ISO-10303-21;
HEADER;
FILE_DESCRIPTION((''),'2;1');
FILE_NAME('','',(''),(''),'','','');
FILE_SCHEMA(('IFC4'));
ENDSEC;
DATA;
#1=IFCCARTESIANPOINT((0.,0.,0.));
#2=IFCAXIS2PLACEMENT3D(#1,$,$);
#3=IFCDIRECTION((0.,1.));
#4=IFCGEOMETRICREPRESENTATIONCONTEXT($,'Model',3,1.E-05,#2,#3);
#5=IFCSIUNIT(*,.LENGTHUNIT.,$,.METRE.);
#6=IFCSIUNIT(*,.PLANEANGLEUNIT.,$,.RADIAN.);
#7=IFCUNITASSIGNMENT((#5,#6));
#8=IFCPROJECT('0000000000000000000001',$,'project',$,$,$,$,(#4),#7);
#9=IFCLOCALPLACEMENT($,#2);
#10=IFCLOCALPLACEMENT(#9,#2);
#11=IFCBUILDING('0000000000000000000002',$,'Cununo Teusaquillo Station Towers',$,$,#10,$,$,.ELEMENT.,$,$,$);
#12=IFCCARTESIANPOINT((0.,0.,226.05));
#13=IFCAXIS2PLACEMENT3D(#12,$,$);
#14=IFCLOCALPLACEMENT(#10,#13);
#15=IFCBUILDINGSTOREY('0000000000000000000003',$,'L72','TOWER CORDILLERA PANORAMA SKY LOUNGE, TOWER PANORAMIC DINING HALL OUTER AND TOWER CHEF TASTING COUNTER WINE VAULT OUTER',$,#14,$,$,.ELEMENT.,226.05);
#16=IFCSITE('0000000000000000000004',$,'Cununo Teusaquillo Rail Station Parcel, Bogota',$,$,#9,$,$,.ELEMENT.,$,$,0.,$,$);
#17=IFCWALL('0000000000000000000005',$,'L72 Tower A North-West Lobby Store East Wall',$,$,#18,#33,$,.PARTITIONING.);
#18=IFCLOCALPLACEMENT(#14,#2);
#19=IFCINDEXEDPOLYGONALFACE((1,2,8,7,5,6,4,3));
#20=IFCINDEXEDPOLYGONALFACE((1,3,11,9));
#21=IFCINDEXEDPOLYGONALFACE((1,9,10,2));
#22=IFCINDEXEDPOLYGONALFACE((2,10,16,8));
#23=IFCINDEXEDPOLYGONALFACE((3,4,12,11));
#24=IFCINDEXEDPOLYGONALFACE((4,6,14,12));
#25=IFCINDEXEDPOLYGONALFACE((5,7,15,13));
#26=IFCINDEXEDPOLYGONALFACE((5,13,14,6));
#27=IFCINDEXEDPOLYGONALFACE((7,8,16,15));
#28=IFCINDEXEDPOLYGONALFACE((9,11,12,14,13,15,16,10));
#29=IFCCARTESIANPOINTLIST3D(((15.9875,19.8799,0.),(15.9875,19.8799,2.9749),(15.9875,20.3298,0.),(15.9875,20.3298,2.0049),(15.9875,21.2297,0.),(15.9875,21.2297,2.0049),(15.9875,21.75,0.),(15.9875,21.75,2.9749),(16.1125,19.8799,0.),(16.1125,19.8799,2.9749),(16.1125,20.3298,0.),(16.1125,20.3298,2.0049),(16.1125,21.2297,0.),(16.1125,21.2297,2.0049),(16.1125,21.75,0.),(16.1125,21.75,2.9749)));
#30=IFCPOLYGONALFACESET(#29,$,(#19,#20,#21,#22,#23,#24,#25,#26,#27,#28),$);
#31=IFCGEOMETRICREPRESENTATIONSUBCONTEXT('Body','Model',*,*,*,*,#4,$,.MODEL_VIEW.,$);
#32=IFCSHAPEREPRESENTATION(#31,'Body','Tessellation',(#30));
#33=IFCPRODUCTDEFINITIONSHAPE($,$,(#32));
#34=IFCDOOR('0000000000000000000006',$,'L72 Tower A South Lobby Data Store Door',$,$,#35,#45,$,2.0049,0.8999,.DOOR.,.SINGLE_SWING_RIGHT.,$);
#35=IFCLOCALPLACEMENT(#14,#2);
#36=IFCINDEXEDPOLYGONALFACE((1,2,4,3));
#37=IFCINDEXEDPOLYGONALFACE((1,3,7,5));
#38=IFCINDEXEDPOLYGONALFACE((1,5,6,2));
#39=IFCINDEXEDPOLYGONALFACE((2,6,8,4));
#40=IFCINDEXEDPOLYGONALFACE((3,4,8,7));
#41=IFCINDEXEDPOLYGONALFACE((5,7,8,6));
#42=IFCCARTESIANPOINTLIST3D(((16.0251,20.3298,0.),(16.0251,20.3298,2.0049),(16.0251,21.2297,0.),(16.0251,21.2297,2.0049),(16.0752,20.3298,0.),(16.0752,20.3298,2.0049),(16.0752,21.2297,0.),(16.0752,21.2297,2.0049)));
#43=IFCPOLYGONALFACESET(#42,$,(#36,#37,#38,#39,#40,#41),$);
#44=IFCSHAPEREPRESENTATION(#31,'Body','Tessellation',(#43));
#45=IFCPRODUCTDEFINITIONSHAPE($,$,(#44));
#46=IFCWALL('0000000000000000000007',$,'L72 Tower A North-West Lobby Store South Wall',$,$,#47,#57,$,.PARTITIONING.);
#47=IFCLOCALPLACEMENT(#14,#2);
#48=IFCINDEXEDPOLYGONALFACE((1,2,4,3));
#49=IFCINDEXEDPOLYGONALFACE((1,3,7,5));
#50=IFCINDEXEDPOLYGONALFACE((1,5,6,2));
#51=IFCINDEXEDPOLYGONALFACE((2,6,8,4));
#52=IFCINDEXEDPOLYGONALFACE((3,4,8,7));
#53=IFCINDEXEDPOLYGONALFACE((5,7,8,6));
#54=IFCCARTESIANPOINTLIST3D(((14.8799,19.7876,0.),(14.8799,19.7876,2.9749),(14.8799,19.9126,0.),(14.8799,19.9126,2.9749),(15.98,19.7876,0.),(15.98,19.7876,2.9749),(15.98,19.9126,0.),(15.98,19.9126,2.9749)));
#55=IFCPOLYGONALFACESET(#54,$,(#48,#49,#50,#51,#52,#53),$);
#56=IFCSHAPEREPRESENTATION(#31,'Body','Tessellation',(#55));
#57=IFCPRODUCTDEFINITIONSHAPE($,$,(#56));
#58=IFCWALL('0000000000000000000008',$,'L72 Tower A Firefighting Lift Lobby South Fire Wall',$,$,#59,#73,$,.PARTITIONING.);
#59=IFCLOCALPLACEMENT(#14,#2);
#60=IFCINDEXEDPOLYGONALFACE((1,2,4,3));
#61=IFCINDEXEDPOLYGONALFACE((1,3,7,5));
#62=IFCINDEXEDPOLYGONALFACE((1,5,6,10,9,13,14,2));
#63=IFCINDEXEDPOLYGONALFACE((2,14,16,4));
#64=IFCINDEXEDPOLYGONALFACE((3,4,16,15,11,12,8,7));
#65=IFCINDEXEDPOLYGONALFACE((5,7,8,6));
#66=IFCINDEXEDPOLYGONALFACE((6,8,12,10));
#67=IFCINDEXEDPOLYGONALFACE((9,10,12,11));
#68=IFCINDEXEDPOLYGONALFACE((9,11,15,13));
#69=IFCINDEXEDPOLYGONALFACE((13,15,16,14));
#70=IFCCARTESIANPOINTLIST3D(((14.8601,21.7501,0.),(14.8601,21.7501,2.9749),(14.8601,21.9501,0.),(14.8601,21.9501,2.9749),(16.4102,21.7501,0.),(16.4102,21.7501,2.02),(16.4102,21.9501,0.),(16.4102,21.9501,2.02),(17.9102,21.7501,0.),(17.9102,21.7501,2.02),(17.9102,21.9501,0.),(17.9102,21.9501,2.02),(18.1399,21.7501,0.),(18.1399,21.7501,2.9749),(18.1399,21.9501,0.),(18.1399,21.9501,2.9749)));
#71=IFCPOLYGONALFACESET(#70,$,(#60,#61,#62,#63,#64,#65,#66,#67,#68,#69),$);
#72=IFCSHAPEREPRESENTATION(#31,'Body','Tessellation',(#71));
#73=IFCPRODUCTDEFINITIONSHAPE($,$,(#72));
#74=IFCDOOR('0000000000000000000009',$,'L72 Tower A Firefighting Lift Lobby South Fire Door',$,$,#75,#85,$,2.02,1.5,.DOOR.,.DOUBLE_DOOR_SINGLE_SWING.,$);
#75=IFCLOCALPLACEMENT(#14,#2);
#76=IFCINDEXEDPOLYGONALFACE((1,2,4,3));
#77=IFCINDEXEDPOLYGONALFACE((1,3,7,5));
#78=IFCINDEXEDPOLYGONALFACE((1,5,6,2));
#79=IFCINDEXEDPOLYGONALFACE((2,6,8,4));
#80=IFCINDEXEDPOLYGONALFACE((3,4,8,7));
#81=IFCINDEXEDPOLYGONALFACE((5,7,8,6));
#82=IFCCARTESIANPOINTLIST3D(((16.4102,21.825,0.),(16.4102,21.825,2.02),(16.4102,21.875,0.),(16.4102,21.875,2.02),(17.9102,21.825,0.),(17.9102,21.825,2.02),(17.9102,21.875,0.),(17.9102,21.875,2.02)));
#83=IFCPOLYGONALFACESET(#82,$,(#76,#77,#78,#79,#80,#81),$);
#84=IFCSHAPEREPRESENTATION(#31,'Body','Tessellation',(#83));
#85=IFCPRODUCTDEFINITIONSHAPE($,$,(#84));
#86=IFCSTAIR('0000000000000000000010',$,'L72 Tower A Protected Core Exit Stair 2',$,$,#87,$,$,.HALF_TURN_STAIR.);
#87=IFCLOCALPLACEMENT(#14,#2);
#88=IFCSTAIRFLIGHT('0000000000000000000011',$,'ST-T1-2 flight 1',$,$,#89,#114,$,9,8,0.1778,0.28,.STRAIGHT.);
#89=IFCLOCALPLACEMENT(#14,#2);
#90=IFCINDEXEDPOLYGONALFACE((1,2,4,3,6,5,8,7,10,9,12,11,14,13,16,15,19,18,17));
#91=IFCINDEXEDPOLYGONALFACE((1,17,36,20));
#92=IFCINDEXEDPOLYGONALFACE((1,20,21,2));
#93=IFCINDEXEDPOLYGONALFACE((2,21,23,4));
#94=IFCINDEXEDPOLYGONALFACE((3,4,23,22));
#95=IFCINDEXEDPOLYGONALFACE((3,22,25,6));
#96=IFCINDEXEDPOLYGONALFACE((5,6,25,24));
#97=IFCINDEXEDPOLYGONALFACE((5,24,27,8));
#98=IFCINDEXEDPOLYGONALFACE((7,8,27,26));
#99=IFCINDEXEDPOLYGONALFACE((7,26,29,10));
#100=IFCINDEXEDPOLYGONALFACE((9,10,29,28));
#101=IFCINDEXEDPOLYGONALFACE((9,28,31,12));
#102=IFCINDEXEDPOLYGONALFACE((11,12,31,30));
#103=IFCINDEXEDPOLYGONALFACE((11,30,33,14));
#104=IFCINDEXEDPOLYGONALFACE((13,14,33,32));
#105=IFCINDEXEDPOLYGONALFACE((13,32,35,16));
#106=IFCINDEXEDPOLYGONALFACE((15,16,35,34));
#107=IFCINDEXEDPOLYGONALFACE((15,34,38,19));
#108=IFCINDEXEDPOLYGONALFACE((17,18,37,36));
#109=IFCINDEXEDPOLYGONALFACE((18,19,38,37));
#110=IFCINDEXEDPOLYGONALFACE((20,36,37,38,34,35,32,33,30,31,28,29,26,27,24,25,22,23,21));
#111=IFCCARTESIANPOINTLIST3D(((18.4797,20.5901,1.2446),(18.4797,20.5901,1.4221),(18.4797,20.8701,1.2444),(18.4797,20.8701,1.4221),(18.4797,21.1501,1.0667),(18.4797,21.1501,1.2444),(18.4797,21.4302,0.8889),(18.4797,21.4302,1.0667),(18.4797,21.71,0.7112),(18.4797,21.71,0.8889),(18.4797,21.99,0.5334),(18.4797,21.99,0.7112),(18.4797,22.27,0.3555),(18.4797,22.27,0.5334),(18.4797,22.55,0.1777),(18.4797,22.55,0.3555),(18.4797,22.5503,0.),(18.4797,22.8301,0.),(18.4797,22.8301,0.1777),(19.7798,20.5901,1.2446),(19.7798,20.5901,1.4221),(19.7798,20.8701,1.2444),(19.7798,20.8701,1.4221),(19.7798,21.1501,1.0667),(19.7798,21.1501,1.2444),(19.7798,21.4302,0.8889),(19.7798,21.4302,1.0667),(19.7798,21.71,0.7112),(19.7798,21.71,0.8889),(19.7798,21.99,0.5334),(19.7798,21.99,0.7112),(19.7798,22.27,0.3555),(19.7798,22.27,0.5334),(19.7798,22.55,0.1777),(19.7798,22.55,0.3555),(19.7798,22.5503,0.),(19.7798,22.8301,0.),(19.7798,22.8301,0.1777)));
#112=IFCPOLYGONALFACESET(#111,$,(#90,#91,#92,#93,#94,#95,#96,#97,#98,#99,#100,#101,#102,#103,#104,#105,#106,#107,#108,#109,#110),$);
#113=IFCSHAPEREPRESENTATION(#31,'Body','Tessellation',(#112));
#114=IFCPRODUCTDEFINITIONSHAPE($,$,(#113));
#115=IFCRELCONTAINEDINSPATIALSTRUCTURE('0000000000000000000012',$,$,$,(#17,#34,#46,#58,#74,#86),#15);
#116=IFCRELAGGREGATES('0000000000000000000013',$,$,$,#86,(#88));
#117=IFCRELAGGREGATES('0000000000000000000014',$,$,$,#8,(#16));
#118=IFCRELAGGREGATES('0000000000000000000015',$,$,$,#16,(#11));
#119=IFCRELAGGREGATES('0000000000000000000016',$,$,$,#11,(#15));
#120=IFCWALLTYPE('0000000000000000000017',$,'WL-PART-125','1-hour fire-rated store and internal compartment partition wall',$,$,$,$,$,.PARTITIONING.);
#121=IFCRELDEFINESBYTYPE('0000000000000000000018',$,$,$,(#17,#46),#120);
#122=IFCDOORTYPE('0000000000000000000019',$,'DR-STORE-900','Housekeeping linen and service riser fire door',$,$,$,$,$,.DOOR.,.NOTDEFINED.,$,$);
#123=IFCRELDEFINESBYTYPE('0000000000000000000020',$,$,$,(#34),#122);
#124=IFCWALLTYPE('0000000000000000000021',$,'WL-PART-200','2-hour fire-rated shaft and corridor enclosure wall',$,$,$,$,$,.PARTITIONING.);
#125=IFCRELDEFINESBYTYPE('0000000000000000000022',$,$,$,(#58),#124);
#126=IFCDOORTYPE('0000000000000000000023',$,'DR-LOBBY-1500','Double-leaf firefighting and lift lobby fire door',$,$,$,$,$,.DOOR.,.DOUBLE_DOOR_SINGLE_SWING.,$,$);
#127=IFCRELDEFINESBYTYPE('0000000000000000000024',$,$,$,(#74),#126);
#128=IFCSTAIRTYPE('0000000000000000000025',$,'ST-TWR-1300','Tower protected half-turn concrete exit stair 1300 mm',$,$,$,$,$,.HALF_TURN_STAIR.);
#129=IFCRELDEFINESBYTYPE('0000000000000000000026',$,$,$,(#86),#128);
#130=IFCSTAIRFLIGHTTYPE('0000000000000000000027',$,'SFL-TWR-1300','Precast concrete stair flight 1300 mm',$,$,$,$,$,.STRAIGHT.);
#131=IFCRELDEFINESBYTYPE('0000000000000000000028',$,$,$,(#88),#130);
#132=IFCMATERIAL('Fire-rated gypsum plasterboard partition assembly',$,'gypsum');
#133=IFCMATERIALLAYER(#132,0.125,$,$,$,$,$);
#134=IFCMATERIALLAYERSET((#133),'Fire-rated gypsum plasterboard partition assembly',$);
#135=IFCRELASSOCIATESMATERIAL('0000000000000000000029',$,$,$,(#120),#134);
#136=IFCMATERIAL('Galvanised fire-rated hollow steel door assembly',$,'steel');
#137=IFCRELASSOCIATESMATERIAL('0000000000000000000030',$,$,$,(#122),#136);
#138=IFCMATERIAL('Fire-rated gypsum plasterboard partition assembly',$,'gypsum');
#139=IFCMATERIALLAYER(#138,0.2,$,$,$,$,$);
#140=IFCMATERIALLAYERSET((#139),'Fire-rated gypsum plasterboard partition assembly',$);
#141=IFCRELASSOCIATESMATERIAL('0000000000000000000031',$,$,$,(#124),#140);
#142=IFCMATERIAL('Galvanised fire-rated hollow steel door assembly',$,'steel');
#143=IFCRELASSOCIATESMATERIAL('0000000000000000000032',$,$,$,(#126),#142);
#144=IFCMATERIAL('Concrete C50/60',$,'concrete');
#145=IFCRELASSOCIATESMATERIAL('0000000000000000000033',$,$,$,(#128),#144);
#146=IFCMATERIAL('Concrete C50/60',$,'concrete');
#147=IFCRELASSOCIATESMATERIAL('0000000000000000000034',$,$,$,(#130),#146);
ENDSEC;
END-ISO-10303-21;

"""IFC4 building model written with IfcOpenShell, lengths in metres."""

from ifc_helpers import new_model, si_unit, direction, frame, frame_2d, origin, place, context, subcontext, project, spatial, polyline, rectangle, outline, extrude, source, transform, mapped, material, layer, layer_set, type_object, element, fill, aggregate, save


model = new_model("IFC4")

# Units and contexts
model_context = context("Model", 3, precision=1e-05, world=origin(), true_north=direction((0.0, 1.0)))
body_context = subcontext(model_context, "Body", "Model", "MODEL_VIEW")
ifc_project = project(units=[si_unit("LENGTHUNIT", "METRE"), si_unit("PLANEANGLEUNIT", "RADIAN")], contexts=[model_context])

# Site, building, storey
site_placement = place(None, origin())
site = spatial("IfcSite", under=ifc_project, at=site_placement, Name="Cununo Teusaquillo Rail Station Parcel, Bogota", CompositionType="ELEMENT", RefElevation=0.0)
building_placement = place(site_placement, origin())
building = spatial("IfcBuilding", under=site, at=building_placement, Name="Cununo Teusaquillo Station Towers", CompositionType="ELEMENT")
storey_placement = place(building_placement, frame((0.0, 0.0, 226.05)))
storey = spatial("IfcBuildingStorey", under=building, at=storey_placement, Name="L72", Description="TOWER CORDILLERA PANORAMA SKY LOUNGE, TOWER PANORAMIC DINING HALL OUTER AND TOWER CHEF TASTING COUNTER WINE VAULT OUTER", CompositionType="ELEMENT", Elevation=226.05)

# Wall, opening, door
ifc_material_1 = material(Name="Fire-rated gypsum plasterboard partition assembly", Category="gypsum")
ifc_layer_1 = layer(ifc_material_1, 0.125)
ifc_layer_set_1 = layer_set([ifc_layer_1], Name="Fire-rated gypsum plasterboard partition assembly")
wall_type_1 = type_object("IfcWallType", Name="WL-PART-125", Description="1-hour fire-rated store and internal compartment partition wall", PredefinedType="PARTITIONING", material=ifc_layer_set_1)
wall_1_placement = place(storey_placement, frame((16.05, 19.8799, 0.0), z_axis=(0.0, 0.0, 1.0), x_axis=(0.0, 1.0, 0.0)))
wall_1 = element("IfcWall", 1, at=wall_1_placement, inside=storey, type_object=wall_type_1, Name="L72 Tower A North-West Lobby Store East Wall", PredefinedType="PARTITIONING", context=body_context, shape_type="SweptSolid", body=[
    extrude(rectangle(XDim=1.8701, YDim=0.125, at=frame_2d((0.9351, 0.0))), origin(), (0.0, 0.0, 1.0), 2.9749),
])
shared_shape_1 = source(origin(), body_context, "Body", "SweptSolid", [
    extrude(rectangle(XDim=0.8999, YDim=2.0049, at=frame_2d((0.45, 1.0024))), frame((0.0, 0.0725, 0.0), z_axis=(0.0, -1.0, 0.0), x_axis=(1.0, 0.0, 0.0)), (0.0, 0.0, 1.0), 0.145),
])
opening_1_placement = place(wall_1_placement, frame((0.45, 0.0, 0.0)))
opening_1 = element("IfcOpeningElement", 2, at=opening_1_placement, cuts=wall_1, PredefinedType="OPENING", context=body_context, shape_type="MappedRepresentation", body=[
    mapped(shared_shape_1, transform((0.0, 0.0, 0.0), x_axis=(1.0, 0.0, 0.0), y_axis=(0.0, 1.0, 0.0), z_axis=(0.0, 0.0, 1.0), scale=1.0)),
])
ifc_material_2 = material(Name="Galvanised fire-rated hollow steel door assembly", Category="steel")
door_type_1 = type_object("IfcDoorType", Name="DR-STORE-900", Description="Housekeeping linen and service riser fire door", OperationType="NOTDEFINED", PredefinedType="DOOR", material=ifc_material_2)
shared_shape_2 = source(origin(), body_context, "Body", "SweptSolid", [
    extrude(rectangle(XDim=0.8999, YDim=2.0049, at=frame_2d((0.45, 1.0024))), frame((0.0, 0.0249, 0.0), z_axis=(0.0, -1.0, 0.0), x_axis=(1.0, 0.0, 0.0)), (0.0, 0.0, 1.0), 0.05),
])
door_1_placement = place(opening_1_placement, origin())
door_1 = element("IfcDoor", 3, at=door_1_placement, inside=storey, type_object=door_type_1, Name="L72 Tower A South Lobby Data Store Door", OperationType="SINGLE_SWING_RIGHT", OverallHeight=2.0049, OverallWidth=0.8999, PredefinedType="DOOR", context=body_context, shape_type="MappedRepresentation", body=[
    mapped(shared_shape_2, transform((0.0, 0.0, 0.0), x_axis=(1.0, 0.0, 0.0), y_axis=(0.0, 1.0, 0.0), z_axis=(0.0, 0.0, 1.0), scale=1.0)),
])
fill(opening_1, door_1)

# Wall
wall_2_placement = place(storey_placement, frame((14.8799, 19.8501, 0.0), z_axis=(0.0, 0.0, 1.0), x_axis=(1.0, 0.0, 0.0)))
element("IfcWall", 4, at=wall_2_placement, inside=storey, type_object=wall_type_1, Name="L72 Tower A North-West Lobby Store South Wall", PredefinedType="PARTITIONING", context=body_context, shape_type="SweptSolid", body=[
    extrude(rectangle(XDim=1.1001, YDim=0.125, at=frame_2d((0.55, 0.0))), origin(), (0.0, 0.0, 1.0), 2.9749),
])

# Wall, opening, door
ifc_material_3 = material(Name="Fire-rated gypsum plasterboard partition assembly", Category="gypsum")
ifc_layer_2 = layer(ifc_material_3, 0.2)
ifc_layer_set_2 = layer_set([ifc_layer_2], Name="Fire-rated gypsum plasterboard partition assembly")
wall_type_2 = type_object("IfcWallType", Name="WL-PART-200", Description="2-hour fire-rated shaft and corridor enclosure wall", PredefinedType="PARTITIONING", material=ifc_layer_set_2)
wall_3_placement = place(storey_placement, frame((14.8601, 21.8501, 0.0), z_axis=(0.0, 0.0, 1.0), x_axis=(1.0, 0.0, 0.0)))
wall_3 = element("IfcWall", 5, at=wall_3_placement, inside=storey, type_object=wall_type_2, Name="L72 Tower A Firefighting Lift Lobby South Fire Wall", PredefinedType="PARTITIONING", context=body_context, shape_type="SweptSolid", body=[
    extrude(rectangle(XDim=3.2798, YDim=0.2, at=frame_2d((1.6399, 0.0))), origin(), (0.0, 0.0, 1.0), 2.9749),
])
shared_shape_3 = source(origin(), body_context, "Body", "SweptSolid", [
    extrude(rectangle(XDim=1.5, YDim=2.02, at=frame_2d((0.75, 1.01))), frame((0.0, 0.1099, 0.0), z_axis=(0.0, -1.0, 0.0), x_axis=(1.0, 0.0, 0.0)), (0.0, 0.0, 1.0), 0.22),
])
opening_2_placement = place(wall_3_placement, frame((1.55, 0.0, 0.0)))
opening_2 = element("IfcOpeningElement", 6, at=opening_2_placement, cuts=wall_3, PredefinedType="OPENING", context=body_context, shape_type="MappedRepresentation", body=[
    mapped(shared_shape_3, transform((0.0, 0.0, 0.0), x_axis=(1.0, 0.0, 0.0), y_axis=(0.0, 1.0, 0.0), z_axis=(0.0, 0.0, 1.0), scale=1.0)),
])
ifc_material_4 = material(Name="Galvanised fire-rated hollow steel door assembly", Category="steel")
door_type_2 = type_object("IfcDoorType", Name="DR-LOBBY-1500", Description="Double-leaf firefighting and lift lobby fire door", OperationType="DOUBLE_DOOR_SINGLE_SWING", PredefinedType="DOOR", material=ifc_material_4)
shared_shape_4 = source(origin(), body_context, "Body", "SweptSolid", [
    extrude(rectangle(XDim=1.5, YDim=2.02, at=frame_2d((0.75, 1.01))), frame((0.0, 0.0249, 0.0), z_axis=(0.0, -1.0, 0.0), x_axis=(1.0, 0.0, 0.0)), (0.0, 0.0, 1.0), 0.05),
])
door_2_placement = place(opening_2_placement, origin())
door_2 = element("IfcDoor", 7, at=door_2_placement, inside=storey, type_object=door_type_2, Name="L72 Tower A Firefighting Lift Lobby South Fire Door", OperationType="DOUBLE_DOOR_SINGLE_SWING", OverallHeight=2.02, OverallWidth=1.5, PredefinedType="DOOR", context=body_context, shape_type="MappedRepresentation", body=[
    mapped(shared_shape_4, transform((0.0, 0.0, 0.0), x_axis=(1.0, 0.0, 0.0), y_axis=(0.0, 1.0, 0.0), z_axis=(0.0, 0.0, 1.0), scale=1.0)),
])
fill(opening_2, door_2)

# Stair, stair flight
ifc_material_5 = material(Name="Concrete C50/60", Category="concrete")
stair_type = type_object("IfcStairType", Name="ST-TWR-1300", Description="Tower protected half-turn concrete exit stair 1300 mm", PredefinedType="HALF_TURN_STAIR", material=ifc_material_5)
stair_placement = place(storey_placement, origin())
stair = element("IfcStair", 8, at=stair_placement, inside=storey, type_object=stair_type, Name="L72 Tower A Protected Core Exit Stair 2", PredefinedType="HALF_TURN_STAIR")
ifc_material_6 = material(Name="Concrete C50/60", Category="concrete")
stair_flight_type = type_object("IfcStairFlightType", Name="SFL-TWR-1300", Description="Precast concrete stair flight 1300 mm", PredefinedType="STRAIGHT", material=ifc_material_6)
stair_flight_placement = place(storey_placement, frame((19.1299, 22.8301, 0.0), z_axis=(0.0, 0.0, 1.0), x_axis=(0.0, -1.0, 0.0)))
stair_flight = element("IfcStairFlight", 9, at=stair_flight_placement, type_object=stair_flight_type, Name="ST-T1-2 flight 1", NumberOfRisers=9, NumberOfTreads=8, PredefinedType="STRAIGHT", RiserHeight=0.1778, TreadLength=0.28, context=body_context, shape_type="SweptSolid", body=[
    extrude(outline(polyline([(0.0, 0.0), (0.0, 0.1777), (0.28, 0.1777), (0.28, 0.3555), (0.5601, 0.3555), (0.5601, 0.5334), (0.8401, 0.5334), (0.8401, 0.7112), (1.1201, 0.7112), (1.1201, 0.8889), (1.3999, 0.8889), (1.3999, 1.0667), (1.6799, 1.0667), (1.6799, 1.2444), (1.96, 1.2444), (1.96, 1.4221), (2.24, 1.4221), (2.24, 1.6001), (2.24, 1.2446), (0.2798, 0.0), (0.0, 0.0)])), frame((0.0, 0.6499, 0.0), z_axis=(0.0, -1.0, 0.0), x_axis=(1.0, 0.0, 0.0)), (0.0, 0.0, 1.0), 1.3),
])
aggregate(stair, [stair_flight])

save(model, "model.ifc")
